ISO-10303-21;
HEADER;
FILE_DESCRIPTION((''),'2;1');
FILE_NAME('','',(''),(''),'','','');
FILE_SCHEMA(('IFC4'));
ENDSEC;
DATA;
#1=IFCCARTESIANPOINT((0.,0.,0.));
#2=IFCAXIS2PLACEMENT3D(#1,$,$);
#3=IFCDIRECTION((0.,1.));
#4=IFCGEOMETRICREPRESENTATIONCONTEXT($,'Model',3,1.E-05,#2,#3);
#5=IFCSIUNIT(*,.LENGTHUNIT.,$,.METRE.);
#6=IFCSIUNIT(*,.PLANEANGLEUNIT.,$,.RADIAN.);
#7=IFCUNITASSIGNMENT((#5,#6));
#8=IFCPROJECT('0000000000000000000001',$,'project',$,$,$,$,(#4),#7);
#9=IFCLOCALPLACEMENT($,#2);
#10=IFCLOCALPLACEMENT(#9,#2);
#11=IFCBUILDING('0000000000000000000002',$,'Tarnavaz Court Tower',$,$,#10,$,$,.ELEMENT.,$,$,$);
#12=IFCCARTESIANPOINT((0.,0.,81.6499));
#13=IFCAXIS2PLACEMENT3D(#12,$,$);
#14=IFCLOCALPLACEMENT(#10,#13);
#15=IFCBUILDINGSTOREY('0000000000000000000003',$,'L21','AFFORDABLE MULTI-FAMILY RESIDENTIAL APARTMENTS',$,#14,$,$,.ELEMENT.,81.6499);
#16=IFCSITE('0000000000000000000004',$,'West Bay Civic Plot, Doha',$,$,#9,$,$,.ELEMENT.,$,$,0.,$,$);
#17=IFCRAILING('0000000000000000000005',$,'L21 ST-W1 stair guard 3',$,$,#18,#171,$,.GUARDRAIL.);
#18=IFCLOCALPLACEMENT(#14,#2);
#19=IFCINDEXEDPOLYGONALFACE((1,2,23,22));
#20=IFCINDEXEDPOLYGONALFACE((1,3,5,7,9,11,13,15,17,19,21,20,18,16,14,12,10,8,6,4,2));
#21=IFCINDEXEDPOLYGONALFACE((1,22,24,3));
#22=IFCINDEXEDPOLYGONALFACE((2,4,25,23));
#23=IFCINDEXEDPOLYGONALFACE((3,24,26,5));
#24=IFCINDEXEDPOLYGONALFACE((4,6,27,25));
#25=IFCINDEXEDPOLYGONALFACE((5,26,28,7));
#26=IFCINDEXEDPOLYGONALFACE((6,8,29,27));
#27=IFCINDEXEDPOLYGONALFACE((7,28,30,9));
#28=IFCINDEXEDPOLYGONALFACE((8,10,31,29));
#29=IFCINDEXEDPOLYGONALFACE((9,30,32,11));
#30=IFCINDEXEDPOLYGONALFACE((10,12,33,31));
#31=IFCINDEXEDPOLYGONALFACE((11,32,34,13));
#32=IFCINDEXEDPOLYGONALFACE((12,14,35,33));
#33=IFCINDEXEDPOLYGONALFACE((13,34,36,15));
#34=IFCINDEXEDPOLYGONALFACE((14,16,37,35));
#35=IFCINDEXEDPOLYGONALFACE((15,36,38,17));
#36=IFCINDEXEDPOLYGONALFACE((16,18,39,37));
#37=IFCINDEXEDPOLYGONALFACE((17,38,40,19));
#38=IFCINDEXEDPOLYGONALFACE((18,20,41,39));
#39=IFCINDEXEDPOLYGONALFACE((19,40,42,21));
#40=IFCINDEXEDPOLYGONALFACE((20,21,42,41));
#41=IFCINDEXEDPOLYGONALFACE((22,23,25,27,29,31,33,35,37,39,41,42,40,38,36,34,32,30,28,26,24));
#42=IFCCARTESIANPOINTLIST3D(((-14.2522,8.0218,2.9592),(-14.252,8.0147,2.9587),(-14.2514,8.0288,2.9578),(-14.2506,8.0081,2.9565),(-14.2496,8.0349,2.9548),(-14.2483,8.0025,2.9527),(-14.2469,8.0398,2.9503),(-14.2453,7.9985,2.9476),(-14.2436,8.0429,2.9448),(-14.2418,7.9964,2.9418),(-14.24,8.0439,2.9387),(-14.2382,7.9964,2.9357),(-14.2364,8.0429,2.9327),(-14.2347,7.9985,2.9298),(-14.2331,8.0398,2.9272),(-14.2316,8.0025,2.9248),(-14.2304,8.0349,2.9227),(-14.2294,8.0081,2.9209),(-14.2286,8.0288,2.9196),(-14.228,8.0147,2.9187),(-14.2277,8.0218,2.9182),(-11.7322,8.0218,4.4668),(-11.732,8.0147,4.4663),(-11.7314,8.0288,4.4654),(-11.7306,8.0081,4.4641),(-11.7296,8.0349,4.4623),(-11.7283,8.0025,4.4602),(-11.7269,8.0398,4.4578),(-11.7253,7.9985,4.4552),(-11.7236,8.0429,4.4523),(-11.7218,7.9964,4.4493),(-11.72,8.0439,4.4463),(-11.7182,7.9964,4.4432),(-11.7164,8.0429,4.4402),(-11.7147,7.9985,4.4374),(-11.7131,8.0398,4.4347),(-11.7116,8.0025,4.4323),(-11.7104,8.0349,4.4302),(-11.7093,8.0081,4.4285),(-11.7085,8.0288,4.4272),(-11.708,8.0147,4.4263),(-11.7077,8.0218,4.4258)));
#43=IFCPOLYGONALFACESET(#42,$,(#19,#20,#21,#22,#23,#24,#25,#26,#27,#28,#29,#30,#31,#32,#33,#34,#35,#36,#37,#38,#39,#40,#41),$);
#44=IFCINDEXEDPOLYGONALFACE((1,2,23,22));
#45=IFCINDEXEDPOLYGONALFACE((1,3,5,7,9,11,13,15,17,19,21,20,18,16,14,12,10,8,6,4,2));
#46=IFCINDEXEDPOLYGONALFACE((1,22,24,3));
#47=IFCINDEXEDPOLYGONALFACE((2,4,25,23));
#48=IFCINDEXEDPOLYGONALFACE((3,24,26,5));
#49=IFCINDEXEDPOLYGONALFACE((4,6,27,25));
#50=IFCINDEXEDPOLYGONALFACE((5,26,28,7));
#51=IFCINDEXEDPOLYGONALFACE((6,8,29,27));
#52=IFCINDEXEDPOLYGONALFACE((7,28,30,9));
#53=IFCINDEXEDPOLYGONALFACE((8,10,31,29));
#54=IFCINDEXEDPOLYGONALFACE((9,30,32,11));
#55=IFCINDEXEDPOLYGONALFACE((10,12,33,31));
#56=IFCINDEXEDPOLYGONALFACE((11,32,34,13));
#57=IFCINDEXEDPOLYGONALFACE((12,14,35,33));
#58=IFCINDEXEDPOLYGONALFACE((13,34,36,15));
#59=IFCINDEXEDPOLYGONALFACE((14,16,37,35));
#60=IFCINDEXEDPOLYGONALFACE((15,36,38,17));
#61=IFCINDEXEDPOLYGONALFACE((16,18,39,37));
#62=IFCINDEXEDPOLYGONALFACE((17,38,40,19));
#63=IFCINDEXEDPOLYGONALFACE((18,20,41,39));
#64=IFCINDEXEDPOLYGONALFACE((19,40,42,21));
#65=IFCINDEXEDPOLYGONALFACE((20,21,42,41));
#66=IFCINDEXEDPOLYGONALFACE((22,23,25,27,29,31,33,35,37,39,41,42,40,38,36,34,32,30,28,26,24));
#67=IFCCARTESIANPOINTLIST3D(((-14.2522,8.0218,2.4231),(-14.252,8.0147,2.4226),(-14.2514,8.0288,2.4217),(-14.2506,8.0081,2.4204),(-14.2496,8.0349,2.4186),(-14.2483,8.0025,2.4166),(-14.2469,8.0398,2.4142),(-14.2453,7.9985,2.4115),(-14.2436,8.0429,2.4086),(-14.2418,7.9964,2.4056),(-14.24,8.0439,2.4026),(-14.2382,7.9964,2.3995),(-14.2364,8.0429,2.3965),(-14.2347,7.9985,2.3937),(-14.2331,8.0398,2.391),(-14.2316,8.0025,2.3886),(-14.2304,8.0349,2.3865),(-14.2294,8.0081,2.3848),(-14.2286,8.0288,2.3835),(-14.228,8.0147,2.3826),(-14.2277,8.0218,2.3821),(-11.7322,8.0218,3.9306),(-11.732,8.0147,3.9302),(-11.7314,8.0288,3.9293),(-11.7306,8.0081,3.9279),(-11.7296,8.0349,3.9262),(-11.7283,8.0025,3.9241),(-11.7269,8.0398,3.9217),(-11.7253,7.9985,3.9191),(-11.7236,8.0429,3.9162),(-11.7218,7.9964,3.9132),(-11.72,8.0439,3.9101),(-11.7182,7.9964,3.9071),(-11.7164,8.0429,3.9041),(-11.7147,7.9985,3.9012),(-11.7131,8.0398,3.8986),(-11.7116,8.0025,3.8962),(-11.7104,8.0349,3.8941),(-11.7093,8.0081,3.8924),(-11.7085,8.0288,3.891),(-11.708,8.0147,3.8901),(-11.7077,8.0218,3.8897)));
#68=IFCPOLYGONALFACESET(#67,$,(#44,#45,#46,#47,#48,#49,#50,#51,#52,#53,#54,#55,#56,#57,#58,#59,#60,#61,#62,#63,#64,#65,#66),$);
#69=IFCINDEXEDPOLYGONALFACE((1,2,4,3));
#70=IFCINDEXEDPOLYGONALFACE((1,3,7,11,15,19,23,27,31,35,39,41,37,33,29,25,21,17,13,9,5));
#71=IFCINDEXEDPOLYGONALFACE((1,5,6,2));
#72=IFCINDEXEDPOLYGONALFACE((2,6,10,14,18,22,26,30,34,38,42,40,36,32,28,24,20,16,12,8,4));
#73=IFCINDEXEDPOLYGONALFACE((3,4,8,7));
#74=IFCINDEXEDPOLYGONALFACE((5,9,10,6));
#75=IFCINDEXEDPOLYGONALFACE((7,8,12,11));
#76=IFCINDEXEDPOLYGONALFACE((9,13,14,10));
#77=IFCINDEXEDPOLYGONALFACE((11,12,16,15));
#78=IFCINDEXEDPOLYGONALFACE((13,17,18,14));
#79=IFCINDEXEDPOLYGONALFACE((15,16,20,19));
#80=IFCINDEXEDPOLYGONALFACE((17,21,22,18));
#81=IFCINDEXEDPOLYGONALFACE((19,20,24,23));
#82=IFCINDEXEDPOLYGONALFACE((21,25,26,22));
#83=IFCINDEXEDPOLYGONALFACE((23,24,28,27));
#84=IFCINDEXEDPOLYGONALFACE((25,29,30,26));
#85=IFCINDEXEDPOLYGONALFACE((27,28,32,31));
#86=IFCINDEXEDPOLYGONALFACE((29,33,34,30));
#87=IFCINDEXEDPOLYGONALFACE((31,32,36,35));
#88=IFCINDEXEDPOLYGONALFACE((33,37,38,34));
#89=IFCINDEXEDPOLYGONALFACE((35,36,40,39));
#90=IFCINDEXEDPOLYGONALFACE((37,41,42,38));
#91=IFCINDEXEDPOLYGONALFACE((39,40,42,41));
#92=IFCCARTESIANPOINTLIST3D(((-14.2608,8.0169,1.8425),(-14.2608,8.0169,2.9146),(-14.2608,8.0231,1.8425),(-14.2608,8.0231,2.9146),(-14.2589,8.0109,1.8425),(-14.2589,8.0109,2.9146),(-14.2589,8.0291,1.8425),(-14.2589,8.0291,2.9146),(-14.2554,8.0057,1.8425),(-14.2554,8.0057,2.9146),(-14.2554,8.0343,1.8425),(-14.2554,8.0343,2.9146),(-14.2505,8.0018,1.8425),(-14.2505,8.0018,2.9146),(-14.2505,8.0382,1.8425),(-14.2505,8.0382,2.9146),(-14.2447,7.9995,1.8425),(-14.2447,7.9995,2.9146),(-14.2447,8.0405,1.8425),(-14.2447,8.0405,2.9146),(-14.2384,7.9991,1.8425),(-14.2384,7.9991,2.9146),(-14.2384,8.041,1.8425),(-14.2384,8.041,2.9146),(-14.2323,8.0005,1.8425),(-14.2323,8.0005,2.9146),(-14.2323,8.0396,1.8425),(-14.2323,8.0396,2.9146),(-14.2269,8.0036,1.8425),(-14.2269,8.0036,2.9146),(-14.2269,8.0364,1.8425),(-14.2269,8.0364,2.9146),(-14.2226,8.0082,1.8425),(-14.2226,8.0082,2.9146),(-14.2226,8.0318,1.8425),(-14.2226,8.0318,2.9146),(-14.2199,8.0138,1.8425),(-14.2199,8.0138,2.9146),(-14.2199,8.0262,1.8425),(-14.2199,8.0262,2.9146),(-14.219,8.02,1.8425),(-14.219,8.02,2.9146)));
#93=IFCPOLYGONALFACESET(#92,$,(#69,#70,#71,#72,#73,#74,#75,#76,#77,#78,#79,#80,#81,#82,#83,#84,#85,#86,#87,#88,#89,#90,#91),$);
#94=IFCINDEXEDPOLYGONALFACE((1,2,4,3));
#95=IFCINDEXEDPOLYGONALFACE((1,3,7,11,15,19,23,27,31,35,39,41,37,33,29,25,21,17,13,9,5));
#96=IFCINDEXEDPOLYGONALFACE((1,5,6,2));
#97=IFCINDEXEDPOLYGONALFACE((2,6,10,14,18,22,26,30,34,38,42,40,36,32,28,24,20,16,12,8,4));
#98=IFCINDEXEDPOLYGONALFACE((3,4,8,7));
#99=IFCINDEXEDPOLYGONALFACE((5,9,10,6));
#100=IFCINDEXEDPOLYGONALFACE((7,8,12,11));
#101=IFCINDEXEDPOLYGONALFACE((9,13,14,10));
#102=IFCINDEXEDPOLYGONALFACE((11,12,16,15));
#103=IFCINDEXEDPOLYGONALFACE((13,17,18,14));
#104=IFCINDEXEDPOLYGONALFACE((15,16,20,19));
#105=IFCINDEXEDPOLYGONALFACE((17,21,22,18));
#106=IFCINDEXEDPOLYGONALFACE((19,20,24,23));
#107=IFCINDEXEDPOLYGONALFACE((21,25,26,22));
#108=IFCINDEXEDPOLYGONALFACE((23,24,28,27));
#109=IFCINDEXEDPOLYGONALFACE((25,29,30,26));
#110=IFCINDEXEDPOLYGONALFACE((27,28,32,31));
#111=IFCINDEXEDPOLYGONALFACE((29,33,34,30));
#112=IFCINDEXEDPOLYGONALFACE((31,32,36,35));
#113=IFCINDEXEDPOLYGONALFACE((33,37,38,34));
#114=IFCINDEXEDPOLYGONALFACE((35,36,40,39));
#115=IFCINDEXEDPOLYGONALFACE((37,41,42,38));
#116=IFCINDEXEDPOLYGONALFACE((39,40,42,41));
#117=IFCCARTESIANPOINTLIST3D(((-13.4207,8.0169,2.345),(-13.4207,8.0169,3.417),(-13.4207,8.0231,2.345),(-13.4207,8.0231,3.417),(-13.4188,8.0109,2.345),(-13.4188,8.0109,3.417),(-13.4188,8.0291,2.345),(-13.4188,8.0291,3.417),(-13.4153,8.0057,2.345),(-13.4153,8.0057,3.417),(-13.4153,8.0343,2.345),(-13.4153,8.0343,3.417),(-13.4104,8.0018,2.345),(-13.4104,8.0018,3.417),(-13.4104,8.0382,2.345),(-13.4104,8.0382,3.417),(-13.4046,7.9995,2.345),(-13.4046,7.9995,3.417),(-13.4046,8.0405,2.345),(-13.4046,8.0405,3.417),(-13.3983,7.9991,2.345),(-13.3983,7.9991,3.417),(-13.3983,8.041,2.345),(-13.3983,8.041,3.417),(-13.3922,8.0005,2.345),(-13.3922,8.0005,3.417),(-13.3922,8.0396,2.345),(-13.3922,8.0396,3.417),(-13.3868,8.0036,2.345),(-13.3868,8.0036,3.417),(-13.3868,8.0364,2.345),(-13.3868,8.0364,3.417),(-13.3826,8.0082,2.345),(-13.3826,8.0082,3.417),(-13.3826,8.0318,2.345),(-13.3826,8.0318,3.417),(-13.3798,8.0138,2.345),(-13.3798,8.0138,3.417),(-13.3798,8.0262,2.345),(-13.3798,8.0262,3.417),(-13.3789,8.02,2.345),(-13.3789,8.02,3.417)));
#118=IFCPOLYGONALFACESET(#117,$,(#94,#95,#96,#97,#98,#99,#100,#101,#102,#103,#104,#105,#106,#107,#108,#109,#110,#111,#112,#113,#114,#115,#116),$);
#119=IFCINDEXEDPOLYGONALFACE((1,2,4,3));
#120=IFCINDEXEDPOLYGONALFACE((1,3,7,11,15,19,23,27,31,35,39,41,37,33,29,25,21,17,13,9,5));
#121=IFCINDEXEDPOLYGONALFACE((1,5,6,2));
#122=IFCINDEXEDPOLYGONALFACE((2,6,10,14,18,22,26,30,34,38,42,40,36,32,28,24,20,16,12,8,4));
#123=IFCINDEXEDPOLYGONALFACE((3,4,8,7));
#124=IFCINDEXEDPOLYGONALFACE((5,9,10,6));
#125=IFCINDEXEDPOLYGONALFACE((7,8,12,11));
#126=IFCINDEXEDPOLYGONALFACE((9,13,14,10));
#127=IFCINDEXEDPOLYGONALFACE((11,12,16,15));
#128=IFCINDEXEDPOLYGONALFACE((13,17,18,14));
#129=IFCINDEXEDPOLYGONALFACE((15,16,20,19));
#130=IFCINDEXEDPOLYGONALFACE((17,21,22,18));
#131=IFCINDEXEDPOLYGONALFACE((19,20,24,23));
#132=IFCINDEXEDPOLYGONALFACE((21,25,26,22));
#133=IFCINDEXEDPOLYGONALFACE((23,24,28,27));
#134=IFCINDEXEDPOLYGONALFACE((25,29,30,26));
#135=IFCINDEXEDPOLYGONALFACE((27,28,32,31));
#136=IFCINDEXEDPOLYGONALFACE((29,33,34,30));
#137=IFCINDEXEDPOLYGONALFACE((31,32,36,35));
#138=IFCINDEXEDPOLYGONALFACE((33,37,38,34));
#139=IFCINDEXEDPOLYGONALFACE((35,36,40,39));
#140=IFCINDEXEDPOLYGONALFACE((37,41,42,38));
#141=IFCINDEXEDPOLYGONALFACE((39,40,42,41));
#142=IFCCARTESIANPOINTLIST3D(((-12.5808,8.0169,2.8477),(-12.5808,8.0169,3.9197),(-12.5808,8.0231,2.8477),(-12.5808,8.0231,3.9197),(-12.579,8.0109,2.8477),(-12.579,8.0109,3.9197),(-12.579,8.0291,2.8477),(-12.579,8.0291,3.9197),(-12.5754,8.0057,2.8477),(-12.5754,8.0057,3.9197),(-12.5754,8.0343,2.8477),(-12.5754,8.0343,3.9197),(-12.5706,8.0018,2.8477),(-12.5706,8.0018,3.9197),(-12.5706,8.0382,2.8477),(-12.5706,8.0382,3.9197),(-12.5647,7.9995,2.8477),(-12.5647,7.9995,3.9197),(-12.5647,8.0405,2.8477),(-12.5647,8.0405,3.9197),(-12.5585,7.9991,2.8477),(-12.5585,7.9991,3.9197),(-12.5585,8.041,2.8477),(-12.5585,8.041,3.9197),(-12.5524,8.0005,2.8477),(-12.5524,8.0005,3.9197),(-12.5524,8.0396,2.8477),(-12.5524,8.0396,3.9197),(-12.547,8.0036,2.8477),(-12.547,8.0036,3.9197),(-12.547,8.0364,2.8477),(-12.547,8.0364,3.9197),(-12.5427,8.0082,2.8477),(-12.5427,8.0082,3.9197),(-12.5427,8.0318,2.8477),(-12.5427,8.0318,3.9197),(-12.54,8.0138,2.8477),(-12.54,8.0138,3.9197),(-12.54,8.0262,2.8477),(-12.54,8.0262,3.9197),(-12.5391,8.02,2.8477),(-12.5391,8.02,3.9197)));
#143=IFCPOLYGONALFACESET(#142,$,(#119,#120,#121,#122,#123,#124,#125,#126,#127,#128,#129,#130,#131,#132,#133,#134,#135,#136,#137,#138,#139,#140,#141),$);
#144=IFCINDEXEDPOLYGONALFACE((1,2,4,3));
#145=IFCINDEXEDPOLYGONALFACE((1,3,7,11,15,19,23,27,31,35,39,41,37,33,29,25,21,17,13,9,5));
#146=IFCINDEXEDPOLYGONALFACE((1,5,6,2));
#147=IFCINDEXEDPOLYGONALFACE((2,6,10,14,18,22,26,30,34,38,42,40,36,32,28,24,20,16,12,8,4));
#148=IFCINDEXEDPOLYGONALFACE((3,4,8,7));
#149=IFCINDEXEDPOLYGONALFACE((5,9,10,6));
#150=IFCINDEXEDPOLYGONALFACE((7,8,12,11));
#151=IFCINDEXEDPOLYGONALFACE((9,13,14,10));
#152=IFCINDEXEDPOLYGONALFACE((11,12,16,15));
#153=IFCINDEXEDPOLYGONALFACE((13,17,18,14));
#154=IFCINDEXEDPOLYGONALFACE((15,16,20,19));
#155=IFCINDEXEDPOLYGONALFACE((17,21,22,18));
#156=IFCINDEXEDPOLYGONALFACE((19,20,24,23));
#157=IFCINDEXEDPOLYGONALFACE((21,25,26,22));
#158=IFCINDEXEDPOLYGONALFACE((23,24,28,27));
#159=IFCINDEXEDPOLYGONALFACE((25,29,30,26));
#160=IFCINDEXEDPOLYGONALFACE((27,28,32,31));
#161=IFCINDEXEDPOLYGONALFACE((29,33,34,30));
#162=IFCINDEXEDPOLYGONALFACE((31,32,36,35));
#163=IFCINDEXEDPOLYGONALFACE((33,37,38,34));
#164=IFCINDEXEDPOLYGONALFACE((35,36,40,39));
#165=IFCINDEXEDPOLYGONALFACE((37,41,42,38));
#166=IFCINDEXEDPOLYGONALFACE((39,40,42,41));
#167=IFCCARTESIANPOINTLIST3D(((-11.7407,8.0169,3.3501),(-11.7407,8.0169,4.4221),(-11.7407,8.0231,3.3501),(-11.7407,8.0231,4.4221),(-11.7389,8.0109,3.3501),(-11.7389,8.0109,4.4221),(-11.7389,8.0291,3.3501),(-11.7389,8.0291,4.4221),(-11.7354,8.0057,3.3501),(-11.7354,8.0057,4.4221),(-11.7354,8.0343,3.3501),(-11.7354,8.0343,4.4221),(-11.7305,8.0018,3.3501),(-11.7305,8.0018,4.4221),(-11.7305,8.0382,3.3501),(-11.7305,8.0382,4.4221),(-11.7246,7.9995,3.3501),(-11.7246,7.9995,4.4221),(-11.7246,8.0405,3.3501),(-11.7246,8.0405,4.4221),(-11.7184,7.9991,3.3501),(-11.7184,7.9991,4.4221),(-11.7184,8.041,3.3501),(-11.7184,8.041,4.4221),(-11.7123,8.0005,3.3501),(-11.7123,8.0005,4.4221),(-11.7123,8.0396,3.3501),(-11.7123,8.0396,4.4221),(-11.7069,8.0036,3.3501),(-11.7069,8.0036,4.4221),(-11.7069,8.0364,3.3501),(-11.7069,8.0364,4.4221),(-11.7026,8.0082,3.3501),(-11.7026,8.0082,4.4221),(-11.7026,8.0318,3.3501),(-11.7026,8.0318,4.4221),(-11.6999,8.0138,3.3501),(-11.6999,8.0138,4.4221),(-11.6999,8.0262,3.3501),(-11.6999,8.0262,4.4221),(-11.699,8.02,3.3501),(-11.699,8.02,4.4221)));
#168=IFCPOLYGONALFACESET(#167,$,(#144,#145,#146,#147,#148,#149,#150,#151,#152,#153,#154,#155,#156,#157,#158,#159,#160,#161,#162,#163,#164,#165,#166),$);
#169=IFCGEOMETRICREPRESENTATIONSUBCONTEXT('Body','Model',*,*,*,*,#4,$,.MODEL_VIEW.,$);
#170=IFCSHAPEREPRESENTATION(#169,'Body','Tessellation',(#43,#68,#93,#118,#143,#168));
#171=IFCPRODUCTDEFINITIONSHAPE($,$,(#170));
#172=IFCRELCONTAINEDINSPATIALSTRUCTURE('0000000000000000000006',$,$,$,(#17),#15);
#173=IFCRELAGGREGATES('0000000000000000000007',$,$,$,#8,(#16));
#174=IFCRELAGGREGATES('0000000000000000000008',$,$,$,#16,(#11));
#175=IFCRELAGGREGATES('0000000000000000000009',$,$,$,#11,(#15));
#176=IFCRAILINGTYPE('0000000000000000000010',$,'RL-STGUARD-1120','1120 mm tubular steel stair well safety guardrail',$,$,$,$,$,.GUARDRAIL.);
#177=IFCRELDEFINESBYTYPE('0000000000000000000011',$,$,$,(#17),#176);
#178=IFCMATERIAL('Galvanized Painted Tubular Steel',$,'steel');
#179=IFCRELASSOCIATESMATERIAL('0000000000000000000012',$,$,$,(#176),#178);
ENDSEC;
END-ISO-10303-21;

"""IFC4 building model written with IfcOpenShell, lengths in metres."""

from ifc_helpers import new_model, si_unit, direction, frame, origin, origin_2d, place, context, subcontext, project, spatial, circle, extrude, material, type_object, element, save


model = new_model("IFC4")

# Units and contexts
model_context = context("Model", 3, precision=1e-05, world=origin(), true_north=direction((0.0, 1.0)))
body_context = subcontext(model_context, "Body", "Model", "MODEL_VIEW")
ifc_project = project(units=[si_unit("LENGTHUNIT", "METRE"), si_unit("PLANEANGLEUNIT", "RADIAN")], contexts=[model_context])

# Site, building, storey
site_placement = place(None, origin())
site = spatial("IfcSite", under=ifc_project, at=site_placement, Name="West Bay Civic Plot, Doha", CompositionType="ELEMENT", RefElevation=0.0)
building_placement = place(site_placement, origin())
building = spatial("IfcBuilding", under=site, at=building_placement, Name="Tarnavaz Court Tower", CompositionType="ELEMENT")
storey_placement = place(building_placement, frame((0.0, 0.0, 81.6499)))
storey = spatial("IfcBuildingStorey", under=building, at=storey_placement, Name="L21", Description="AFFORDABLE MULTI-FAMILY RESIDENTIAL APARTMENTS", CompositionType="ELEMENT", Elevation=81.6499)

# Railing
ifc_material_1 = material(Name="Galvanized Painted Tubular Steel", Category="steel")
railing_type_1 = type_object("IfcRailingType", Name="RL-STGUARD-1120", Description="1120 mm tubular steel stair well safety guardrail", PredefinedType="GUARDRAIL", material=ifc_material_1)
railing_1_placement = place(storey_placement, frame((-14.24, 8.02, 1.8425)))
element("IfcRailing", 1, at=railing_1_placement, inside=storey, type_object=railing_type_1, Name="L21 ST-W1 stair guard 3", PredefinedType="GUARDRAIL", context=body_context, shape_type="SweptSolid", body=[
    extrude(circle(Radius=0.0239, at=origin_2d()), frame((0.0, 0.0, 1.0962), z_axis=(0.85816, 0.0, 0.513383), x_axis=(0.0, 1.0, 0.0)), (0.0, 0.0, 1.0), 2.9365),
    extrude(circle(Radius=0.0239, at=origin_2d()), frame((0.0, 0.0, 0.5601), z_axis=(0.85816, 0.0, 0.513383), x_axis=(0.0, 1.0, 0.0)), (0.0, 0.0, 1.0), 2.9365),
    extrude(circle(Radius=0.021, at=origin_2d()), origin(), (0.0, 0.0, 1.0), 1.072),
    extrude(circle(Radius=0.021, at=origin_2d()), frame((0.8401, 0.0, 0.5024)), (0.0, 0.0, 1.0), 1.072),
    extrude(circle(Radius=0.021, at=origin_2d()), frame((1.6799, 0.0, 1.0051)), (0.0, 0.0, 1.0), 1.072),
    extrude(circle(Radius=0.021, at=origin_2d()), frame((2.52, 0.0, 1.5076)), (0.0, 0.0, 1.0), 1.072),
])

save(model, "model.ifc")
